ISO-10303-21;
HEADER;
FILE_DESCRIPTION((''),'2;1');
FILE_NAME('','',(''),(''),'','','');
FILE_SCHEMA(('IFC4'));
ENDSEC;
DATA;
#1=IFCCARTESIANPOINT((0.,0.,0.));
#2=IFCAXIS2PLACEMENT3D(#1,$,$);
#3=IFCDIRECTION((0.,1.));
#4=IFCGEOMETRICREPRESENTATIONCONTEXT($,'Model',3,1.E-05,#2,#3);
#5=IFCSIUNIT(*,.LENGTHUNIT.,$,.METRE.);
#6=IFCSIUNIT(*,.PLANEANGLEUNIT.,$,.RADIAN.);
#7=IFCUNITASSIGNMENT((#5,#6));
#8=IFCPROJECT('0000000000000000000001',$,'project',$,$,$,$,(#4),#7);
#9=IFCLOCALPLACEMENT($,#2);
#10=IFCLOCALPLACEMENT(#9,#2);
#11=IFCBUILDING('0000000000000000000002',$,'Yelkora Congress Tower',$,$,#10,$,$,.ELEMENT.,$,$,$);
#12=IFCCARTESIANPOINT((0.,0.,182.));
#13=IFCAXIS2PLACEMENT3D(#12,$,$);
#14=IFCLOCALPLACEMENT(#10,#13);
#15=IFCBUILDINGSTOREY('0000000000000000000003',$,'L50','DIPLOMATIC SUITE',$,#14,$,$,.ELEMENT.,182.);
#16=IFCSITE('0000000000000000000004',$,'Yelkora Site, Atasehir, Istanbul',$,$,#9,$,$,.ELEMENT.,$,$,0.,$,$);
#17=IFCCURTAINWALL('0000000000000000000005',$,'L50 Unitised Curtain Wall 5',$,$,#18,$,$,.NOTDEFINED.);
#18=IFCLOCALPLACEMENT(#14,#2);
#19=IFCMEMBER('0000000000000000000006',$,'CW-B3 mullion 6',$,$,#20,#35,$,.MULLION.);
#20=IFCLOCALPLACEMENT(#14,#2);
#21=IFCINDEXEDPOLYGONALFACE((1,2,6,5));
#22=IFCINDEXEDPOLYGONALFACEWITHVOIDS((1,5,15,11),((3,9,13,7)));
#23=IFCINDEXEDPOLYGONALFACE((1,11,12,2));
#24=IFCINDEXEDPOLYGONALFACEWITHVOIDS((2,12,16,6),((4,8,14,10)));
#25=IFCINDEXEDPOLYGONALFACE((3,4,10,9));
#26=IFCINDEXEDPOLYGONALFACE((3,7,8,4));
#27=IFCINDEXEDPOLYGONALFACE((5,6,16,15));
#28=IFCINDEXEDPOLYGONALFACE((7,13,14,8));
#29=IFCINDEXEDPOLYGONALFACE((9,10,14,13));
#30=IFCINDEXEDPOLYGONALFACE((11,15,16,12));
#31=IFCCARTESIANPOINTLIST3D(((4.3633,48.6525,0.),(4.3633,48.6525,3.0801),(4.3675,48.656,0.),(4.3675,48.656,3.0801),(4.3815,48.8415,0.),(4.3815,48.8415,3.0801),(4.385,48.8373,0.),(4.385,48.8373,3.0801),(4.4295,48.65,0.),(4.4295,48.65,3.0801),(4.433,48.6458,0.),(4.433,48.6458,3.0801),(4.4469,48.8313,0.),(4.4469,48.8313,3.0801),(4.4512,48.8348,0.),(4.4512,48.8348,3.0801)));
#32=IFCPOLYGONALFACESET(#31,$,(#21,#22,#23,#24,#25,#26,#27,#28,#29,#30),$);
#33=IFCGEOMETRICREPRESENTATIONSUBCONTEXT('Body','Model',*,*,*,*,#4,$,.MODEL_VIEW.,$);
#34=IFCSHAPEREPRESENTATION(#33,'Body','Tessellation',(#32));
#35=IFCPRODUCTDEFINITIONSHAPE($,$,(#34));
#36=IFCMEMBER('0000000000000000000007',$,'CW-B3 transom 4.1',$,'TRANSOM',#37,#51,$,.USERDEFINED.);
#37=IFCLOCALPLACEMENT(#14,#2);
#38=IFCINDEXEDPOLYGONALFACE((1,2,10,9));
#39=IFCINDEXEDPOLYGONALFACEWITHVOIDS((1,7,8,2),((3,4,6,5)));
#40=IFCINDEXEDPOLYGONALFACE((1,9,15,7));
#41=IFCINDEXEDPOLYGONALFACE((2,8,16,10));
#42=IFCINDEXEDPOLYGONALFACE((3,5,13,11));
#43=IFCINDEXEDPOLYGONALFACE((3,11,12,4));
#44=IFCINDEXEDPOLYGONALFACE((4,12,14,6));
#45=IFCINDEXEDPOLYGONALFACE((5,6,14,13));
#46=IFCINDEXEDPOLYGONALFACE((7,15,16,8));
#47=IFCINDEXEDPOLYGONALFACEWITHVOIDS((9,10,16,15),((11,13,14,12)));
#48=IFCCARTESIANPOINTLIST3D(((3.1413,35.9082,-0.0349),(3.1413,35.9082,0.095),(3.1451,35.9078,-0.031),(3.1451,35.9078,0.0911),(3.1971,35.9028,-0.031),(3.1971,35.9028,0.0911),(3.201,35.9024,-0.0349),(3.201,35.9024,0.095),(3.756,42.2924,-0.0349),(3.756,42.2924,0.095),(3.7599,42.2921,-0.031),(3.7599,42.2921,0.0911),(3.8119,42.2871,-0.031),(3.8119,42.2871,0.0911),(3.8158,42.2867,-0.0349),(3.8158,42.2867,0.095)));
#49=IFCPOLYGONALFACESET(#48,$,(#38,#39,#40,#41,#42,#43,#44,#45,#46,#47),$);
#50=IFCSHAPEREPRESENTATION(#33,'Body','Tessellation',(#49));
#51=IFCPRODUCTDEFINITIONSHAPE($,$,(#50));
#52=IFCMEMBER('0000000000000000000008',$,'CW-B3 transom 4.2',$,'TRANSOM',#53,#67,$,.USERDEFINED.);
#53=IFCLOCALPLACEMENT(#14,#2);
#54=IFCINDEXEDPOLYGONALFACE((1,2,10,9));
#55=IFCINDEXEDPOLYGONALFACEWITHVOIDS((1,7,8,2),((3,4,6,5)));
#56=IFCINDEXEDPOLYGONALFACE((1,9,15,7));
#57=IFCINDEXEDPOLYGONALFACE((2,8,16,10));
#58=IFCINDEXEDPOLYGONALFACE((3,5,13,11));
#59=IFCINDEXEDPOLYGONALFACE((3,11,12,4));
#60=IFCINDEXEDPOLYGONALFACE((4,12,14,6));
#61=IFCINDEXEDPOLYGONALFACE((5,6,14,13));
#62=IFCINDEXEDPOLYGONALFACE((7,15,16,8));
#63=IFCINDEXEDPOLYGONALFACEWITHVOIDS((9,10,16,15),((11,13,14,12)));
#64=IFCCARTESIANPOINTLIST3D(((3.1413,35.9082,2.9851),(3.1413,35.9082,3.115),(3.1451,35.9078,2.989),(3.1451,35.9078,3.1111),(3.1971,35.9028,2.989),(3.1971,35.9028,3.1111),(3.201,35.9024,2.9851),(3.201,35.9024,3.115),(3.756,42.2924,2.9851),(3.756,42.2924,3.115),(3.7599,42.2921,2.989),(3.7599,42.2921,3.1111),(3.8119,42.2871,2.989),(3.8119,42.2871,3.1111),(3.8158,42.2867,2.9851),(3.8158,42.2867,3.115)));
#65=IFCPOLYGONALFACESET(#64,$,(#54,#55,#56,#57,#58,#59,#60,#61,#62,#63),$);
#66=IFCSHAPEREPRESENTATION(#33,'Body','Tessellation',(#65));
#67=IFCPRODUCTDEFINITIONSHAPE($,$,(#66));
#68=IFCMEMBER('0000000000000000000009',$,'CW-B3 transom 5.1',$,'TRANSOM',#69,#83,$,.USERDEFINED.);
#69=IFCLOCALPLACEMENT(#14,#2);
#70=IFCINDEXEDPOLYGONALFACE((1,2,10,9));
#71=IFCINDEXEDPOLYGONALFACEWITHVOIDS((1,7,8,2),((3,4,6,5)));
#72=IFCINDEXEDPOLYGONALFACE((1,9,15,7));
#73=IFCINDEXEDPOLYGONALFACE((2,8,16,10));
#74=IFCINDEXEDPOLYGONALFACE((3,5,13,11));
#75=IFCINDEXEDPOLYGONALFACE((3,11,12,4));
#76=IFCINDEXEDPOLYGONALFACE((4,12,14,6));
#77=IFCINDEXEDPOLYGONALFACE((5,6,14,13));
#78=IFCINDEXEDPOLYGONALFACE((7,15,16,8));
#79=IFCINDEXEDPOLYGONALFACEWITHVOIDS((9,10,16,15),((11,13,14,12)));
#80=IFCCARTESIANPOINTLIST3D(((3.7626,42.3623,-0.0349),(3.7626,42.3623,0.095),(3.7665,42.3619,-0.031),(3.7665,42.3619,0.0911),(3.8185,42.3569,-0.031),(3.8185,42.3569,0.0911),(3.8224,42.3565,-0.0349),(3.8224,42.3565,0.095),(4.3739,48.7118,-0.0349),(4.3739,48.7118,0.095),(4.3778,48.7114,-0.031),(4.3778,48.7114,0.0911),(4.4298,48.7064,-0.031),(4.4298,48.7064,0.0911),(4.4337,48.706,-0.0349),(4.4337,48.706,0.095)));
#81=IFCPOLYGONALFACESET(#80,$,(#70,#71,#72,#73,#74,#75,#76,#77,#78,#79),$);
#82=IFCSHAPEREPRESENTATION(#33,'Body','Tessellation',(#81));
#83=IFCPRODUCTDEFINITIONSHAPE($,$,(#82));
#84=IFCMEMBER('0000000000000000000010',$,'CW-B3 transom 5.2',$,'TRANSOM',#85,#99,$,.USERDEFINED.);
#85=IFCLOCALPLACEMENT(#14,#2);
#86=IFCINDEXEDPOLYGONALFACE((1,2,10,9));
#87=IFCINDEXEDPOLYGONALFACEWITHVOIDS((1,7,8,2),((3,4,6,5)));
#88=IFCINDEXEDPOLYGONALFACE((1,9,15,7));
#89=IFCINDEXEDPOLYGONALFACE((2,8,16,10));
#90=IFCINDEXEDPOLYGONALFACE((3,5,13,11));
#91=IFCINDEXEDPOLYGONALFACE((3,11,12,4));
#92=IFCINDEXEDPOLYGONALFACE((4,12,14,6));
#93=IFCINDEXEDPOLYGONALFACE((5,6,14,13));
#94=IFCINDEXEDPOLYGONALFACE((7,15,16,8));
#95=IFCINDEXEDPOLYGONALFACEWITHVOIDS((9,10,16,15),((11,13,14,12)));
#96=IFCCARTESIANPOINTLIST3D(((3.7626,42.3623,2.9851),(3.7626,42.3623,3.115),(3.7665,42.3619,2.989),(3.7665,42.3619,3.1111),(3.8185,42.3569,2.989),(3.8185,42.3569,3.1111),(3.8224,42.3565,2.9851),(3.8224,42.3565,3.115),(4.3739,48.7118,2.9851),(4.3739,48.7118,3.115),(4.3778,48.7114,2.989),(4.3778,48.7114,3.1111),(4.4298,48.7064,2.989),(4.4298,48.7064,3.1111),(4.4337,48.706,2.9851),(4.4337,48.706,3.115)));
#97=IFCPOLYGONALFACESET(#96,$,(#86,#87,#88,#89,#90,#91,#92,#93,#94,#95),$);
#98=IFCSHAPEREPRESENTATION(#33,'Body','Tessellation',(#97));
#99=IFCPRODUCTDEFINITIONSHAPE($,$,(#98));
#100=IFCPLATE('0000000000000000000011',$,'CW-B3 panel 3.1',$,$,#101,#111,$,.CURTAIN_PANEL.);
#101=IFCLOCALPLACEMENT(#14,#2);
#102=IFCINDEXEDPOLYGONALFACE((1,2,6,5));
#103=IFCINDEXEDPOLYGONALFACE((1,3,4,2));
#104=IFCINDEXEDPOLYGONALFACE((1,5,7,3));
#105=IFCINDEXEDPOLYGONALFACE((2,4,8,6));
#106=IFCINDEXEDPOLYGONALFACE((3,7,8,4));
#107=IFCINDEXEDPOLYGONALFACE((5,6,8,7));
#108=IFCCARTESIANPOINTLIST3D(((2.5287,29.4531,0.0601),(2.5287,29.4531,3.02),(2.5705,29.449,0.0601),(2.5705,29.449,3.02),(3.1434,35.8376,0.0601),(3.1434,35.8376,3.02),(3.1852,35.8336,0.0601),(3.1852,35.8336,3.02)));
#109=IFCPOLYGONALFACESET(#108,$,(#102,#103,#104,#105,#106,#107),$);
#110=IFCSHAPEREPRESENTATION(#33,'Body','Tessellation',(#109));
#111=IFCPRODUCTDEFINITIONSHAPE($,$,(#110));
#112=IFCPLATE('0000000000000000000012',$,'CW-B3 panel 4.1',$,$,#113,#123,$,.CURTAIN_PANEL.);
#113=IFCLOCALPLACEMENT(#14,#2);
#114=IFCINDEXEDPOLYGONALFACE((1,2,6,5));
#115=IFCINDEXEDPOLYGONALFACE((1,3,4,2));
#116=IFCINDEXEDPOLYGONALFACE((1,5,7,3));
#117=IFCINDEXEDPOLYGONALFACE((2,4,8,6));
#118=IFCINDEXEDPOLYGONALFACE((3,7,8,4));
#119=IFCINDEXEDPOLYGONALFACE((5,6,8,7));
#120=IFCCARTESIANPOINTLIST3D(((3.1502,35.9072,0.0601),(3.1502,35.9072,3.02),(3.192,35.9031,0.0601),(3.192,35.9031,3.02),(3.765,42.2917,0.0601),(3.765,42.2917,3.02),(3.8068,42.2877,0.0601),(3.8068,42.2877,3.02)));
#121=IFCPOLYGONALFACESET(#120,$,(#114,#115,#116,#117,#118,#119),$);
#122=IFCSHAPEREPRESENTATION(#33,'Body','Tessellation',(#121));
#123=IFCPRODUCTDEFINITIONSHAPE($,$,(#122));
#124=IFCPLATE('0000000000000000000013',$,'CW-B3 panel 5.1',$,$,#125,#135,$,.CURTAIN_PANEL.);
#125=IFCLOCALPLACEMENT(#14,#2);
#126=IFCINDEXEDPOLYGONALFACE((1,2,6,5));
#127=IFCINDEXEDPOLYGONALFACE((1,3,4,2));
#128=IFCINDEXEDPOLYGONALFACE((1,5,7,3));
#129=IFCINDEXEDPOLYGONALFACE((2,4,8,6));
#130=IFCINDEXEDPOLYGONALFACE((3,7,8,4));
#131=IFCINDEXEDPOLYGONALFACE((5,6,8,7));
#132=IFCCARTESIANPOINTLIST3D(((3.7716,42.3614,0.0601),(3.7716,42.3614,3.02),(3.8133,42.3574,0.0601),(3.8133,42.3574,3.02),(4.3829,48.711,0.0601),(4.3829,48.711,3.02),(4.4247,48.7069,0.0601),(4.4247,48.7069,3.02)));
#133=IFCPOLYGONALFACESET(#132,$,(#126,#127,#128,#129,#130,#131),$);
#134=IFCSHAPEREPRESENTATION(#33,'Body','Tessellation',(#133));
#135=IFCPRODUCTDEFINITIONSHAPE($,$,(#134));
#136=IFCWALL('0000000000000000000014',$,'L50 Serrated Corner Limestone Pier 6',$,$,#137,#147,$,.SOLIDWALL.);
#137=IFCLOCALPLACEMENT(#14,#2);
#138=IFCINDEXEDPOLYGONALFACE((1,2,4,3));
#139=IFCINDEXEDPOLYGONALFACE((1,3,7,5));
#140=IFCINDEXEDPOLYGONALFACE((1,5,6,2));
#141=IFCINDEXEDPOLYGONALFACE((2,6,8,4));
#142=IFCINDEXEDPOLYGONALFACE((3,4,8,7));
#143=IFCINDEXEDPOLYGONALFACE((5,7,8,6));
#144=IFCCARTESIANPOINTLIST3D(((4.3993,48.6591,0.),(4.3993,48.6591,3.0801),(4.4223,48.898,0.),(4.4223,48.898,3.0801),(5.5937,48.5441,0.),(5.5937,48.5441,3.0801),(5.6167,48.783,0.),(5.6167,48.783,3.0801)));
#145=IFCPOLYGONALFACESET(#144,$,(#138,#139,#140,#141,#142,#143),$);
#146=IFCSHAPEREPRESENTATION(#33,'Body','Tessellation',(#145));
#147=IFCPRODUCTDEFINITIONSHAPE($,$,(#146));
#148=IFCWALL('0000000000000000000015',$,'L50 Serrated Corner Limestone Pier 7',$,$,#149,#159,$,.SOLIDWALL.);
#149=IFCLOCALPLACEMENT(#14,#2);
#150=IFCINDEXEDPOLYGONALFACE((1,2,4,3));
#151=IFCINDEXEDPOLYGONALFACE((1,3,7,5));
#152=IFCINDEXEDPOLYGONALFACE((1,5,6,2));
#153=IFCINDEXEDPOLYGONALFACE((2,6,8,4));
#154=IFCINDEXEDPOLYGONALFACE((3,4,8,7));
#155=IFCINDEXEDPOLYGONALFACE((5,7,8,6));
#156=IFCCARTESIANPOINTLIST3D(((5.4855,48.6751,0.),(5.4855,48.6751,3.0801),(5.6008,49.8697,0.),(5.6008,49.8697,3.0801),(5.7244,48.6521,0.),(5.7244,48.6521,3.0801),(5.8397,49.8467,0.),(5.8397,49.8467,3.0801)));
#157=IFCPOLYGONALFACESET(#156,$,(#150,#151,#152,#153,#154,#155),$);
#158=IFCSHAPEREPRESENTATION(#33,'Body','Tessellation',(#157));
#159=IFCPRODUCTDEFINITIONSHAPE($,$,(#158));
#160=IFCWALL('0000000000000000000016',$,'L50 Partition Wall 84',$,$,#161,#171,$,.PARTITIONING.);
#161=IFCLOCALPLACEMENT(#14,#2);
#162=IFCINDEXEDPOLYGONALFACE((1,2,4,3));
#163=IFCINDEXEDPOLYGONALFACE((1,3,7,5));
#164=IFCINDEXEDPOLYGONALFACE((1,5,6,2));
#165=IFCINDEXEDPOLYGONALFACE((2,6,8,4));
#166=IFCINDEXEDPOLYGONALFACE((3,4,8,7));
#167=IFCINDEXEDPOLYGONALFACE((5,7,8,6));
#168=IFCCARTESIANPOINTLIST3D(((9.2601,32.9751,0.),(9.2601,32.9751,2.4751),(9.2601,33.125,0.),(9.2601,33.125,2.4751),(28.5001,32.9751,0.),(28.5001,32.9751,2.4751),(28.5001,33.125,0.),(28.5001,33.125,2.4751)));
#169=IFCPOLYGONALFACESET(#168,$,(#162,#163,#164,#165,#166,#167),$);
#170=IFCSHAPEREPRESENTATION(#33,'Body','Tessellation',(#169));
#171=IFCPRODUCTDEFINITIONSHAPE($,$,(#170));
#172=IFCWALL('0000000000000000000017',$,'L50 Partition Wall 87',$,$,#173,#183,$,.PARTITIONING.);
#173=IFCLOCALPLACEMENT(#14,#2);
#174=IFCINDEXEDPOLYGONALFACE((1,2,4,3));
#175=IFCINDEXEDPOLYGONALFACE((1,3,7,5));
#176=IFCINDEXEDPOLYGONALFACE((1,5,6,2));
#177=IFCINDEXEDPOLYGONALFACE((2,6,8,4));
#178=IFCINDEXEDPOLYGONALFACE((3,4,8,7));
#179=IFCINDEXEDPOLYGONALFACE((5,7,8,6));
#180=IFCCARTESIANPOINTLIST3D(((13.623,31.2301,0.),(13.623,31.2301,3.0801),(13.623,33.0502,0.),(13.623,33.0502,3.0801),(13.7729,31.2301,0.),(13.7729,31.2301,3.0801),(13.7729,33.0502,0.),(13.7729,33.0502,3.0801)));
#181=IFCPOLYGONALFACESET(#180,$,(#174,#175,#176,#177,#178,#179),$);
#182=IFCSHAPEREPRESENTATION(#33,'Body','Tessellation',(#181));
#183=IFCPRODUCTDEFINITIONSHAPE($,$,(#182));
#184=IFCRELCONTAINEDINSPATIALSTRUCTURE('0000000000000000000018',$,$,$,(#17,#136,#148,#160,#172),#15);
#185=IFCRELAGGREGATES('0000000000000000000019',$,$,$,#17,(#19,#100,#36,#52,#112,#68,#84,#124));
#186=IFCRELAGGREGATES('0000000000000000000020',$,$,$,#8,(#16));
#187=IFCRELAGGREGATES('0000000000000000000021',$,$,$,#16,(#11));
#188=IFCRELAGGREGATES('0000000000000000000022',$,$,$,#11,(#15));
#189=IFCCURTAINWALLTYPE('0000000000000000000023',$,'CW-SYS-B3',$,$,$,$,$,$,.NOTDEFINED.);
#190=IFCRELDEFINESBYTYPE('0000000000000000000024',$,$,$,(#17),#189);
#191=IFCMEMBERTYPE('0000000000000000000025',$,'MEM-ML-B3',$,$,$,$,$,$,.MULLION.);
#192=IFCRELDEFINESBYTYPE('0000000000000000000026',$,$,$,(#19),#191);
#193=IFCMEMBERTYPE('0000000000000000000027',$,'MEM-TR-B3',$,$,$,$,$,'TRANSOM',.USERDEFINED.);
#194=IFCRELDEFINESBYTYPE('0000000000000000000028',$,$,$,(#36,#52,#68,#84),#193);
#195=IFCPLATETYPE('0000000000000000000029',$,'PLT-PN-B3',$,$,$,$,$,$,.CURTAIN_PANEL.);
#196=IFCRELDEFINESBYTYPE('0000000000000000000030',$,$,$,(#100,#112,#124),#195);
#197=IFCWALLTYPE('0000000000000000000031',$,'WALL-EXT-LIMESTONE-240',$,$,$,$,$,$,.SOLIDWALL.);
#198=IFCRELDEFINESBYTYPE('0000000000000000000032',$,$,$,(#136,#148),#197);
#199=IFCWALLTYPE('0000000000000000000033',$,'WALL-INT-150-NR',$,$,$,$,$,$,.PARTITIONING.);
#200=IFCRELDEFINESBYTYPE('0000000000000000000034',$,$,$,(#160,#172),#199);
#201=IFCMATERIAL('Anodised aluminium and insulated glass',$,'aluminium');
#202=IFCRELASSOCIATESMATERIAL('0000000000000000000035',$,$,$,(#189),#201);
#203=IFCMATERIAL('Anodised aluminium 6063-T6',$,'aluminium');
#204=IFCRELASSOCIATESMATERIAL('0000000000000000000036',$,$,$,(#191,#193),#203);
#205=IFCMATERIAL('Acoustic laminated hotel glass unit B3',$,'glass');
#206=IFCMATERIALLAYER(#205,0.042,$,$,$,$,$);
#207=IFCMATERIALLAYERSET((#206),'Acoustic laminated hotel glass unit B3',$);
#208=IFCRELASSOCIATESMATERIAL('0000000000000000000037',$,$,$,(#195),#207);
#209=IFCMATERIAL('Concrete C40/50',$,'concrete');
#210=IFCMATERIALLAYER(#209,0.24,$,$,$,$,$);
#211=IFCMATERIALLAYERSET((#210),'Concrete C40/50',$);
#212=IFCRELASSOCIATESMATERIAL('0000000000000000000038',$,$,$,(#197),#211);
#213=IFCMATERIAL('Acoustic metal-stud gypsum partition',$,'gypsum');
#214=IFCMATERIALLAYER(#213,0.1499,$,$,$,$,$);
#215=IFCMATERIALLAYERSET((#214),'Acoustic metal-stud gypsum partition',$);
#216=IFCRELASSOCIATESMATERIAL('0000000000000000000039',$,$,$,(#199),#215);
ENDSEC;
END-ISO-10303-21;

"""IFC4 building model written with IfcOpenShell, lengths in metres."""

from ifc_helpers import new_model, si_unit, direction, frame, frame_2d, origin, origin_2d, place, context, subcontext, project, spatial, rectangle, hollow_rectangle, extrude, material, layer, layer_set, material_profile, profile_set, type_object, element, aggregate, save


model = new_model("IFC4")

# Units and contexts
model_context = context("Model", 3, precision=1e-05, world=origin(), true_north=direction((0.0, 1.0)))
body_context = subcontext(model_context, "Body", "Model", "MODEL_VIEW")
ifc_project = project(units=[si_unit("LENGTHUNIT", "METRE"), si_unit("PLANEANGLEUNIT", "RADIAN")], contexts=[model_context])

# Site, building, storey
site_placement = place(None, origin())
site = spatial("IfcSite", under=ifc_project, at=site_placement, Name="Yelkora Site, Atasehir, Istanbul", CompositionType="ELEMENT", RefElevation=0.0)
building_placement = place(site_placement, origin())
building = spatial("IfcBuilding", under=site, at=building_placement, Name="Yelkora Congress Tower", CompositionType="ELEMENT")
storey_placement = place(building_placement, frame((0.0, 0.0, 182.0)))
storey = spatial("IfcBuildingStorey", under=building, at=storey_placement, Name="L50", Description="DIPLOMATIC SUITE", CompositionType="ELEMENT", Elevation=182.0)

# Curtain wall, members, plates
ifc_material_1 = material(Name="Anodised aluminium and insulated glass", Category="aluminium")
curtain_wall_type = type_object("IfcCurtainWallType", Name="CW-SYS-B3", PredefinedType="NOTDEFINED", material=ifc_material_1)
curtain_wall_placement = place(storey_placement, origin())
curtain_wall = element("IfcCurtainWall", 1, at=curtain_wall_placement, inside=storey, type_object=curtain_wall_type, Name="L50 Unitised Curtain Wall 5", PredefinedType="NOTDEFINED")
ifc_material_2 = material(Name="Anodised aluminium 6063-T6", Category="aluminium")
ifc_material_profile_1 = material_profile(ifc_material_2, hollow_rectangle(XDim=0.0701, YDim=0.1899, WallThickness=0.0039, at=origin_2d()), Name="ALU 70x190x4")
ifc_profile_set_1 = profile_set([ifc_material_profile_1], Name="Anodised aluminium 6063-T6")
member_type_1 = type_object("IfcMemberType", Name="MEM-ML-B3", PredefinedType="MULLION", material=ifc_profile_set_1)
member_1_placement = place(storey_placement, frame((4.4072, 48.7437, 0.0), z_axis=(0.0, 0.0, 1.0), x_axis=(-0.995396, 0.095845, 0.0)))
member_1 = element("IfcMember", 2, at=member_1_placement, type_object=member_type_1, Name="CW-B3 mullion 6", PredefinedType="MULLION", context=body_context, shape_type="SweptSolid", body=[
    extrude(hollow_rectangle(XDim=0.0701, YDim=0.1899, WallThickness=0.0039, at=origin_2d()), origin(), (0.0, 0.0, 1.0), 3.0801),
])
ifc_material_profile_2 = material_profile(ifc_material_2, hollow_rectangle(XDim=0.0601, YDim=0.1299, WallThickness=0.0039, at=origin_2d()), Name="ALU 60x130x4")
ifc_profile_set_2 = profile_set([ifc_material_profile_2], Name="Anodised aluminium 6063-T6")
member_type_2 = type_object("IfcMemberType", Name="MEM-TR-B3", ElementType="TRANSOM", PredefinedType="USERDEFINED", material=ifc_profile_set_2)
member_2_placement = place(storey_placement, frame((3.1711, 35.9053, 0.03), z_axis=(0.095847, 0.995396, 0.0), x_axis=(-0.995396, 0.095847, 0.0)))
member_2 = element("IfcMember", 3, at=member_2_placement, type_object=member_type_2, Name="CW-B3 transom 4.1", ObjectType="TRANSOM", PredefinedType="USERDEFINED", context=body_context, shape_type="SweptSolid", body=[
    extrude(hollow_rectangle(XDim=0.0601, YDim=0.1299, WallThickness=0.0039, at=origin_2d()), origin(), (0.0, 0.0, 1.0), 6.4138),
])
member_3_placement = place(storey_placement, frame((3.1711, 35.9053, 3.05), z_axis=(0.095847, 0.995396, 0.0), x_axis=(-0.995396, 0.095847, 0.0)))
member_3 = element("IfcMember", 4, at=member_3_placement, type_object=member_type_2, Name="CW-B3 transom 4.2", ObjectType="TRANSOM", PredefinedType="USERDEFINED", context=body_context, shape_type="SweptSolid", body=[
    extrude(hollow_rectangle(XDim=0.0601, YDim=0.1299, WallThickness=0.0039, at=origin_2d()), origin(), (0.0, 0.0, 1.0), 6.4138),
])
member_4_placement = place(storey_placement, frame((3.7925, 42.3594, 0.03), z_axis=(0.095835, 0.995397, 0.0), x_axis=(-0.995397, 0.095835, 0.0)))
member_4 = element("IfcMember", 5, at=member_4_placement, type_object=member_type_2, Name="CW-B3 transom 5.1", ObjectType="TRANSOM", PredefinedType="USERDEFINED", context=body_context, shape_type="SweptSolid", body=[
    extrude(hollow_rectangle(XDim=0.0601, YDim=0.1299, WallThickness=0.0039, at=origin_2d()), origin(), (0.0, 0.0, 1.0), 6.3789),
])
member_5_placement = place(storey_placement, frame((3.7925, 42.3594, 3.05), z_axis=(0.095835, 0.995397, 0.0), x_axis=(-0.995397, 0.095835, 0.0)))
member_5 = element("IfcMember", 6, at=member_5_placement, type_object=member_type_2, Name="CW-B3 transom 5.2", ObjectType="TRANSOM", PredefinedType="USERDEFINED", context=body_context, shape_type="SweptSolid", body=[
    extrude(hollow_rectangle(XDim=0.0601, YDim=0.1299, WallThickness=0.0039, at=origin_2d()), origin(), (0.0, 0.0, 1.0), 6.3789),
])
ifc_material_3 = material(Name="Acoustic laminated hotel glass unit B3", Category="glass")
ifc_layer_1 = layer(ifc_material_3, 0.042)
ifc_layer_set_1 = layer_set([ifc_layer_1], Name="Acoustic laminated hotel glass unit B3")
plate_type = type_object("IfcPlateType", Name="PLT-PN-B3", PredefinedType="CURTAIN_PANEL", material=ifc_layer_set_1)
plate_1_placement = place(storey_placement, frame((2.8569, 32.6433, 0.0601), z_axis=(0.0, 0.0, 1.0), x_axis=(0.095845, 0.995396, 0.0)))
plate_1 = element("IfcPlate", 7, at=plate_1_placement, type_object=plate_type, Name="CW-B3 panel 3.1", PredefinedType="CURTAIN_PANEL", context=body_context, shape_type="SweptSolid", body=[
    extrude(rectangle(XDim=6.4141, YDim=0.042, at=origin_2d()), origin(), (0.0, 0.0, 1.0), 2.96),
])
plate_2_placement = place(storey_placement, frame((3.4785, 39.0974, 0.0601), z_axis=(0.0, 0.0, 1.0), x_axis=(0.095845, 0.995396, 0.0)))
plate_2 = element("IfcPlate", 8, at=plate_2_placement, type_object=plate_type, Name="CW-B3 panel 4.1", PredefinedType="CURTAIN_PANEL", context=body_context, shape_type="SweptSolid", body=[
    extrude(rectangle(XDim=6.4141, YDim=0.042, at=origin_2d()), origin(), (0.0, 0.0, 1.0), 2.96),
])
plate_3_placement = place(storey_placement, frame((4.0981, 45.5342, 0.0601), z_axis=(0.0, 0.0, 1.0), x_axis=(0.095845, 0.995396, 0.0)))
plate_3 = element("IfcPlate", 9, at=plate_3_placement, type_object=plate_type, Name="CW-B3 panel 5.1", PredefinedType="CURTAIN_PANEL", context=body_context, shape_type="SweptSolid", body=[
    extrude(rectangle(XDim=6.3789, YDim=0.042, at=origin_2d()), origin(), (0.0, 0.0, 1.0), 2.96),
])
aggregate(curtain_wall, [member_1, plate_1, member_2, member_3, plate_2, member_4, member_5, plate_3])

# Walls
ifc_material_4 = material(Name="Concrete C40/50", Category="concrete")
ifc_layer_2 = layer(ifc_material_4, 0.24)
ifc_layer_set_2 = layer_set([ifc_layer_2], Name="Concrete C40/50")
wall_type_1 = type_object("IfcWallType", Name="WALL-EXT-LIMESTONE-240", PredefinedType="SOLIDWALL", material=ifc_layer_set_2)
wall_1_placement = place(storey_placement, frame((4.4106, 48.7786, 0.0), z_axis=(0.0, 0.0, 1.0), x_axis=(0.995397, -0.095836, 0.0)))
element("IfcWall", 10, at=wall_1_placement, inside=storey, type_object=wall_type_1, Name="L50 Serrated Corner Limestone Pier 6", PredefinedType="SOLIDWALL", context=body_context, shape_type="SweptSolid", body=[
    extrude(rectangle(XDim=1.2, YDim=0.24, at=frame_2d((0.6001, 0.0))), origin(), (0.0, 0.0, 1.0), 3.0801),
])
wall_2_placement = place(storey_placement, frame((5.605, 48.6636, 0.0), z_axis=(0.0, 0.0, 1.0), x_axis=(0.096019, 0.99538, 0.0)))
element("IfcWall", 11, at=wall_2_placement, inside=storey, type_object=wall_type_1, Name="L50 Serrated Corner Limestone Pier 7", PredefinedType="SOLIDWALL", context=body_context, shape_type="SweptSolid", body=[
    extrude(rectangle(XDim=1.2002, YDim=0.24, at=frame_2d((0.6001, 0.0))), origin(), (0.0, 0.0, 1.0), 3.0801),
])
ifc_material_5 = material(Name="Acoustic metal-stud gypsum partition", Category="gypsum")
ifc_layer_3 = layer(ifc_material_5, 0.1499)
ifc_layer_set_3 = layer_set([ifc_layer_3], Name="Acoustic metal-stud gypsum partition")
wall_type_2 = type_object("IfcWallType", Name="WALL-INT-150-NR", PredefinedType="PARTITIONING", material=ifc_layer_set_3)
wall_3_placement = place(storey_placement, frame((9.26, 33.05, 0.0), z_axis=(0.0, 0.0, 1.0), x_axis=(1.0, 0.0, 0.0)))
element("IfcWall", 12, at=wall_3_placement, inside=storey, type_object=wall_type_2, Name="L50 Partition Wall 84", PredefinedType="PARTITIONING", context=body_context, shape_type="SweptSolid", body=[
    extrude(rectangle(XDim=19.24, YDim=0.1499, at=frame_2d((9.6201, 0.0))), origin(), (0.0, 0.0, 1.0), 2.4751),
])
for number, where, z_axis, x_axis, name in (
    (13, (13.698, 31.23, 0.0), (0.0, 0.0, 1.0), (0.0, 1.0, 0.0), "L50 Partition Wall 87"),
):
    element("IfcWall", number, at=place(storey_placement, frame(where, z_axis=z_axis, x_axis=x_axis)), inside=storey, type_object=wall_type_2, Name=name, PredefinedType="PARTITIONING", context=body_context, shape_type="SweptSolid", body=[
        extrude(rectangle(XDim=1.8201, YDim=0.1499, at=frame_2d((0.9102, 0.0))), origin(), (0.0, 0.0, 1.0), 3.0801),
    ])

save(model, "model.ifc")
